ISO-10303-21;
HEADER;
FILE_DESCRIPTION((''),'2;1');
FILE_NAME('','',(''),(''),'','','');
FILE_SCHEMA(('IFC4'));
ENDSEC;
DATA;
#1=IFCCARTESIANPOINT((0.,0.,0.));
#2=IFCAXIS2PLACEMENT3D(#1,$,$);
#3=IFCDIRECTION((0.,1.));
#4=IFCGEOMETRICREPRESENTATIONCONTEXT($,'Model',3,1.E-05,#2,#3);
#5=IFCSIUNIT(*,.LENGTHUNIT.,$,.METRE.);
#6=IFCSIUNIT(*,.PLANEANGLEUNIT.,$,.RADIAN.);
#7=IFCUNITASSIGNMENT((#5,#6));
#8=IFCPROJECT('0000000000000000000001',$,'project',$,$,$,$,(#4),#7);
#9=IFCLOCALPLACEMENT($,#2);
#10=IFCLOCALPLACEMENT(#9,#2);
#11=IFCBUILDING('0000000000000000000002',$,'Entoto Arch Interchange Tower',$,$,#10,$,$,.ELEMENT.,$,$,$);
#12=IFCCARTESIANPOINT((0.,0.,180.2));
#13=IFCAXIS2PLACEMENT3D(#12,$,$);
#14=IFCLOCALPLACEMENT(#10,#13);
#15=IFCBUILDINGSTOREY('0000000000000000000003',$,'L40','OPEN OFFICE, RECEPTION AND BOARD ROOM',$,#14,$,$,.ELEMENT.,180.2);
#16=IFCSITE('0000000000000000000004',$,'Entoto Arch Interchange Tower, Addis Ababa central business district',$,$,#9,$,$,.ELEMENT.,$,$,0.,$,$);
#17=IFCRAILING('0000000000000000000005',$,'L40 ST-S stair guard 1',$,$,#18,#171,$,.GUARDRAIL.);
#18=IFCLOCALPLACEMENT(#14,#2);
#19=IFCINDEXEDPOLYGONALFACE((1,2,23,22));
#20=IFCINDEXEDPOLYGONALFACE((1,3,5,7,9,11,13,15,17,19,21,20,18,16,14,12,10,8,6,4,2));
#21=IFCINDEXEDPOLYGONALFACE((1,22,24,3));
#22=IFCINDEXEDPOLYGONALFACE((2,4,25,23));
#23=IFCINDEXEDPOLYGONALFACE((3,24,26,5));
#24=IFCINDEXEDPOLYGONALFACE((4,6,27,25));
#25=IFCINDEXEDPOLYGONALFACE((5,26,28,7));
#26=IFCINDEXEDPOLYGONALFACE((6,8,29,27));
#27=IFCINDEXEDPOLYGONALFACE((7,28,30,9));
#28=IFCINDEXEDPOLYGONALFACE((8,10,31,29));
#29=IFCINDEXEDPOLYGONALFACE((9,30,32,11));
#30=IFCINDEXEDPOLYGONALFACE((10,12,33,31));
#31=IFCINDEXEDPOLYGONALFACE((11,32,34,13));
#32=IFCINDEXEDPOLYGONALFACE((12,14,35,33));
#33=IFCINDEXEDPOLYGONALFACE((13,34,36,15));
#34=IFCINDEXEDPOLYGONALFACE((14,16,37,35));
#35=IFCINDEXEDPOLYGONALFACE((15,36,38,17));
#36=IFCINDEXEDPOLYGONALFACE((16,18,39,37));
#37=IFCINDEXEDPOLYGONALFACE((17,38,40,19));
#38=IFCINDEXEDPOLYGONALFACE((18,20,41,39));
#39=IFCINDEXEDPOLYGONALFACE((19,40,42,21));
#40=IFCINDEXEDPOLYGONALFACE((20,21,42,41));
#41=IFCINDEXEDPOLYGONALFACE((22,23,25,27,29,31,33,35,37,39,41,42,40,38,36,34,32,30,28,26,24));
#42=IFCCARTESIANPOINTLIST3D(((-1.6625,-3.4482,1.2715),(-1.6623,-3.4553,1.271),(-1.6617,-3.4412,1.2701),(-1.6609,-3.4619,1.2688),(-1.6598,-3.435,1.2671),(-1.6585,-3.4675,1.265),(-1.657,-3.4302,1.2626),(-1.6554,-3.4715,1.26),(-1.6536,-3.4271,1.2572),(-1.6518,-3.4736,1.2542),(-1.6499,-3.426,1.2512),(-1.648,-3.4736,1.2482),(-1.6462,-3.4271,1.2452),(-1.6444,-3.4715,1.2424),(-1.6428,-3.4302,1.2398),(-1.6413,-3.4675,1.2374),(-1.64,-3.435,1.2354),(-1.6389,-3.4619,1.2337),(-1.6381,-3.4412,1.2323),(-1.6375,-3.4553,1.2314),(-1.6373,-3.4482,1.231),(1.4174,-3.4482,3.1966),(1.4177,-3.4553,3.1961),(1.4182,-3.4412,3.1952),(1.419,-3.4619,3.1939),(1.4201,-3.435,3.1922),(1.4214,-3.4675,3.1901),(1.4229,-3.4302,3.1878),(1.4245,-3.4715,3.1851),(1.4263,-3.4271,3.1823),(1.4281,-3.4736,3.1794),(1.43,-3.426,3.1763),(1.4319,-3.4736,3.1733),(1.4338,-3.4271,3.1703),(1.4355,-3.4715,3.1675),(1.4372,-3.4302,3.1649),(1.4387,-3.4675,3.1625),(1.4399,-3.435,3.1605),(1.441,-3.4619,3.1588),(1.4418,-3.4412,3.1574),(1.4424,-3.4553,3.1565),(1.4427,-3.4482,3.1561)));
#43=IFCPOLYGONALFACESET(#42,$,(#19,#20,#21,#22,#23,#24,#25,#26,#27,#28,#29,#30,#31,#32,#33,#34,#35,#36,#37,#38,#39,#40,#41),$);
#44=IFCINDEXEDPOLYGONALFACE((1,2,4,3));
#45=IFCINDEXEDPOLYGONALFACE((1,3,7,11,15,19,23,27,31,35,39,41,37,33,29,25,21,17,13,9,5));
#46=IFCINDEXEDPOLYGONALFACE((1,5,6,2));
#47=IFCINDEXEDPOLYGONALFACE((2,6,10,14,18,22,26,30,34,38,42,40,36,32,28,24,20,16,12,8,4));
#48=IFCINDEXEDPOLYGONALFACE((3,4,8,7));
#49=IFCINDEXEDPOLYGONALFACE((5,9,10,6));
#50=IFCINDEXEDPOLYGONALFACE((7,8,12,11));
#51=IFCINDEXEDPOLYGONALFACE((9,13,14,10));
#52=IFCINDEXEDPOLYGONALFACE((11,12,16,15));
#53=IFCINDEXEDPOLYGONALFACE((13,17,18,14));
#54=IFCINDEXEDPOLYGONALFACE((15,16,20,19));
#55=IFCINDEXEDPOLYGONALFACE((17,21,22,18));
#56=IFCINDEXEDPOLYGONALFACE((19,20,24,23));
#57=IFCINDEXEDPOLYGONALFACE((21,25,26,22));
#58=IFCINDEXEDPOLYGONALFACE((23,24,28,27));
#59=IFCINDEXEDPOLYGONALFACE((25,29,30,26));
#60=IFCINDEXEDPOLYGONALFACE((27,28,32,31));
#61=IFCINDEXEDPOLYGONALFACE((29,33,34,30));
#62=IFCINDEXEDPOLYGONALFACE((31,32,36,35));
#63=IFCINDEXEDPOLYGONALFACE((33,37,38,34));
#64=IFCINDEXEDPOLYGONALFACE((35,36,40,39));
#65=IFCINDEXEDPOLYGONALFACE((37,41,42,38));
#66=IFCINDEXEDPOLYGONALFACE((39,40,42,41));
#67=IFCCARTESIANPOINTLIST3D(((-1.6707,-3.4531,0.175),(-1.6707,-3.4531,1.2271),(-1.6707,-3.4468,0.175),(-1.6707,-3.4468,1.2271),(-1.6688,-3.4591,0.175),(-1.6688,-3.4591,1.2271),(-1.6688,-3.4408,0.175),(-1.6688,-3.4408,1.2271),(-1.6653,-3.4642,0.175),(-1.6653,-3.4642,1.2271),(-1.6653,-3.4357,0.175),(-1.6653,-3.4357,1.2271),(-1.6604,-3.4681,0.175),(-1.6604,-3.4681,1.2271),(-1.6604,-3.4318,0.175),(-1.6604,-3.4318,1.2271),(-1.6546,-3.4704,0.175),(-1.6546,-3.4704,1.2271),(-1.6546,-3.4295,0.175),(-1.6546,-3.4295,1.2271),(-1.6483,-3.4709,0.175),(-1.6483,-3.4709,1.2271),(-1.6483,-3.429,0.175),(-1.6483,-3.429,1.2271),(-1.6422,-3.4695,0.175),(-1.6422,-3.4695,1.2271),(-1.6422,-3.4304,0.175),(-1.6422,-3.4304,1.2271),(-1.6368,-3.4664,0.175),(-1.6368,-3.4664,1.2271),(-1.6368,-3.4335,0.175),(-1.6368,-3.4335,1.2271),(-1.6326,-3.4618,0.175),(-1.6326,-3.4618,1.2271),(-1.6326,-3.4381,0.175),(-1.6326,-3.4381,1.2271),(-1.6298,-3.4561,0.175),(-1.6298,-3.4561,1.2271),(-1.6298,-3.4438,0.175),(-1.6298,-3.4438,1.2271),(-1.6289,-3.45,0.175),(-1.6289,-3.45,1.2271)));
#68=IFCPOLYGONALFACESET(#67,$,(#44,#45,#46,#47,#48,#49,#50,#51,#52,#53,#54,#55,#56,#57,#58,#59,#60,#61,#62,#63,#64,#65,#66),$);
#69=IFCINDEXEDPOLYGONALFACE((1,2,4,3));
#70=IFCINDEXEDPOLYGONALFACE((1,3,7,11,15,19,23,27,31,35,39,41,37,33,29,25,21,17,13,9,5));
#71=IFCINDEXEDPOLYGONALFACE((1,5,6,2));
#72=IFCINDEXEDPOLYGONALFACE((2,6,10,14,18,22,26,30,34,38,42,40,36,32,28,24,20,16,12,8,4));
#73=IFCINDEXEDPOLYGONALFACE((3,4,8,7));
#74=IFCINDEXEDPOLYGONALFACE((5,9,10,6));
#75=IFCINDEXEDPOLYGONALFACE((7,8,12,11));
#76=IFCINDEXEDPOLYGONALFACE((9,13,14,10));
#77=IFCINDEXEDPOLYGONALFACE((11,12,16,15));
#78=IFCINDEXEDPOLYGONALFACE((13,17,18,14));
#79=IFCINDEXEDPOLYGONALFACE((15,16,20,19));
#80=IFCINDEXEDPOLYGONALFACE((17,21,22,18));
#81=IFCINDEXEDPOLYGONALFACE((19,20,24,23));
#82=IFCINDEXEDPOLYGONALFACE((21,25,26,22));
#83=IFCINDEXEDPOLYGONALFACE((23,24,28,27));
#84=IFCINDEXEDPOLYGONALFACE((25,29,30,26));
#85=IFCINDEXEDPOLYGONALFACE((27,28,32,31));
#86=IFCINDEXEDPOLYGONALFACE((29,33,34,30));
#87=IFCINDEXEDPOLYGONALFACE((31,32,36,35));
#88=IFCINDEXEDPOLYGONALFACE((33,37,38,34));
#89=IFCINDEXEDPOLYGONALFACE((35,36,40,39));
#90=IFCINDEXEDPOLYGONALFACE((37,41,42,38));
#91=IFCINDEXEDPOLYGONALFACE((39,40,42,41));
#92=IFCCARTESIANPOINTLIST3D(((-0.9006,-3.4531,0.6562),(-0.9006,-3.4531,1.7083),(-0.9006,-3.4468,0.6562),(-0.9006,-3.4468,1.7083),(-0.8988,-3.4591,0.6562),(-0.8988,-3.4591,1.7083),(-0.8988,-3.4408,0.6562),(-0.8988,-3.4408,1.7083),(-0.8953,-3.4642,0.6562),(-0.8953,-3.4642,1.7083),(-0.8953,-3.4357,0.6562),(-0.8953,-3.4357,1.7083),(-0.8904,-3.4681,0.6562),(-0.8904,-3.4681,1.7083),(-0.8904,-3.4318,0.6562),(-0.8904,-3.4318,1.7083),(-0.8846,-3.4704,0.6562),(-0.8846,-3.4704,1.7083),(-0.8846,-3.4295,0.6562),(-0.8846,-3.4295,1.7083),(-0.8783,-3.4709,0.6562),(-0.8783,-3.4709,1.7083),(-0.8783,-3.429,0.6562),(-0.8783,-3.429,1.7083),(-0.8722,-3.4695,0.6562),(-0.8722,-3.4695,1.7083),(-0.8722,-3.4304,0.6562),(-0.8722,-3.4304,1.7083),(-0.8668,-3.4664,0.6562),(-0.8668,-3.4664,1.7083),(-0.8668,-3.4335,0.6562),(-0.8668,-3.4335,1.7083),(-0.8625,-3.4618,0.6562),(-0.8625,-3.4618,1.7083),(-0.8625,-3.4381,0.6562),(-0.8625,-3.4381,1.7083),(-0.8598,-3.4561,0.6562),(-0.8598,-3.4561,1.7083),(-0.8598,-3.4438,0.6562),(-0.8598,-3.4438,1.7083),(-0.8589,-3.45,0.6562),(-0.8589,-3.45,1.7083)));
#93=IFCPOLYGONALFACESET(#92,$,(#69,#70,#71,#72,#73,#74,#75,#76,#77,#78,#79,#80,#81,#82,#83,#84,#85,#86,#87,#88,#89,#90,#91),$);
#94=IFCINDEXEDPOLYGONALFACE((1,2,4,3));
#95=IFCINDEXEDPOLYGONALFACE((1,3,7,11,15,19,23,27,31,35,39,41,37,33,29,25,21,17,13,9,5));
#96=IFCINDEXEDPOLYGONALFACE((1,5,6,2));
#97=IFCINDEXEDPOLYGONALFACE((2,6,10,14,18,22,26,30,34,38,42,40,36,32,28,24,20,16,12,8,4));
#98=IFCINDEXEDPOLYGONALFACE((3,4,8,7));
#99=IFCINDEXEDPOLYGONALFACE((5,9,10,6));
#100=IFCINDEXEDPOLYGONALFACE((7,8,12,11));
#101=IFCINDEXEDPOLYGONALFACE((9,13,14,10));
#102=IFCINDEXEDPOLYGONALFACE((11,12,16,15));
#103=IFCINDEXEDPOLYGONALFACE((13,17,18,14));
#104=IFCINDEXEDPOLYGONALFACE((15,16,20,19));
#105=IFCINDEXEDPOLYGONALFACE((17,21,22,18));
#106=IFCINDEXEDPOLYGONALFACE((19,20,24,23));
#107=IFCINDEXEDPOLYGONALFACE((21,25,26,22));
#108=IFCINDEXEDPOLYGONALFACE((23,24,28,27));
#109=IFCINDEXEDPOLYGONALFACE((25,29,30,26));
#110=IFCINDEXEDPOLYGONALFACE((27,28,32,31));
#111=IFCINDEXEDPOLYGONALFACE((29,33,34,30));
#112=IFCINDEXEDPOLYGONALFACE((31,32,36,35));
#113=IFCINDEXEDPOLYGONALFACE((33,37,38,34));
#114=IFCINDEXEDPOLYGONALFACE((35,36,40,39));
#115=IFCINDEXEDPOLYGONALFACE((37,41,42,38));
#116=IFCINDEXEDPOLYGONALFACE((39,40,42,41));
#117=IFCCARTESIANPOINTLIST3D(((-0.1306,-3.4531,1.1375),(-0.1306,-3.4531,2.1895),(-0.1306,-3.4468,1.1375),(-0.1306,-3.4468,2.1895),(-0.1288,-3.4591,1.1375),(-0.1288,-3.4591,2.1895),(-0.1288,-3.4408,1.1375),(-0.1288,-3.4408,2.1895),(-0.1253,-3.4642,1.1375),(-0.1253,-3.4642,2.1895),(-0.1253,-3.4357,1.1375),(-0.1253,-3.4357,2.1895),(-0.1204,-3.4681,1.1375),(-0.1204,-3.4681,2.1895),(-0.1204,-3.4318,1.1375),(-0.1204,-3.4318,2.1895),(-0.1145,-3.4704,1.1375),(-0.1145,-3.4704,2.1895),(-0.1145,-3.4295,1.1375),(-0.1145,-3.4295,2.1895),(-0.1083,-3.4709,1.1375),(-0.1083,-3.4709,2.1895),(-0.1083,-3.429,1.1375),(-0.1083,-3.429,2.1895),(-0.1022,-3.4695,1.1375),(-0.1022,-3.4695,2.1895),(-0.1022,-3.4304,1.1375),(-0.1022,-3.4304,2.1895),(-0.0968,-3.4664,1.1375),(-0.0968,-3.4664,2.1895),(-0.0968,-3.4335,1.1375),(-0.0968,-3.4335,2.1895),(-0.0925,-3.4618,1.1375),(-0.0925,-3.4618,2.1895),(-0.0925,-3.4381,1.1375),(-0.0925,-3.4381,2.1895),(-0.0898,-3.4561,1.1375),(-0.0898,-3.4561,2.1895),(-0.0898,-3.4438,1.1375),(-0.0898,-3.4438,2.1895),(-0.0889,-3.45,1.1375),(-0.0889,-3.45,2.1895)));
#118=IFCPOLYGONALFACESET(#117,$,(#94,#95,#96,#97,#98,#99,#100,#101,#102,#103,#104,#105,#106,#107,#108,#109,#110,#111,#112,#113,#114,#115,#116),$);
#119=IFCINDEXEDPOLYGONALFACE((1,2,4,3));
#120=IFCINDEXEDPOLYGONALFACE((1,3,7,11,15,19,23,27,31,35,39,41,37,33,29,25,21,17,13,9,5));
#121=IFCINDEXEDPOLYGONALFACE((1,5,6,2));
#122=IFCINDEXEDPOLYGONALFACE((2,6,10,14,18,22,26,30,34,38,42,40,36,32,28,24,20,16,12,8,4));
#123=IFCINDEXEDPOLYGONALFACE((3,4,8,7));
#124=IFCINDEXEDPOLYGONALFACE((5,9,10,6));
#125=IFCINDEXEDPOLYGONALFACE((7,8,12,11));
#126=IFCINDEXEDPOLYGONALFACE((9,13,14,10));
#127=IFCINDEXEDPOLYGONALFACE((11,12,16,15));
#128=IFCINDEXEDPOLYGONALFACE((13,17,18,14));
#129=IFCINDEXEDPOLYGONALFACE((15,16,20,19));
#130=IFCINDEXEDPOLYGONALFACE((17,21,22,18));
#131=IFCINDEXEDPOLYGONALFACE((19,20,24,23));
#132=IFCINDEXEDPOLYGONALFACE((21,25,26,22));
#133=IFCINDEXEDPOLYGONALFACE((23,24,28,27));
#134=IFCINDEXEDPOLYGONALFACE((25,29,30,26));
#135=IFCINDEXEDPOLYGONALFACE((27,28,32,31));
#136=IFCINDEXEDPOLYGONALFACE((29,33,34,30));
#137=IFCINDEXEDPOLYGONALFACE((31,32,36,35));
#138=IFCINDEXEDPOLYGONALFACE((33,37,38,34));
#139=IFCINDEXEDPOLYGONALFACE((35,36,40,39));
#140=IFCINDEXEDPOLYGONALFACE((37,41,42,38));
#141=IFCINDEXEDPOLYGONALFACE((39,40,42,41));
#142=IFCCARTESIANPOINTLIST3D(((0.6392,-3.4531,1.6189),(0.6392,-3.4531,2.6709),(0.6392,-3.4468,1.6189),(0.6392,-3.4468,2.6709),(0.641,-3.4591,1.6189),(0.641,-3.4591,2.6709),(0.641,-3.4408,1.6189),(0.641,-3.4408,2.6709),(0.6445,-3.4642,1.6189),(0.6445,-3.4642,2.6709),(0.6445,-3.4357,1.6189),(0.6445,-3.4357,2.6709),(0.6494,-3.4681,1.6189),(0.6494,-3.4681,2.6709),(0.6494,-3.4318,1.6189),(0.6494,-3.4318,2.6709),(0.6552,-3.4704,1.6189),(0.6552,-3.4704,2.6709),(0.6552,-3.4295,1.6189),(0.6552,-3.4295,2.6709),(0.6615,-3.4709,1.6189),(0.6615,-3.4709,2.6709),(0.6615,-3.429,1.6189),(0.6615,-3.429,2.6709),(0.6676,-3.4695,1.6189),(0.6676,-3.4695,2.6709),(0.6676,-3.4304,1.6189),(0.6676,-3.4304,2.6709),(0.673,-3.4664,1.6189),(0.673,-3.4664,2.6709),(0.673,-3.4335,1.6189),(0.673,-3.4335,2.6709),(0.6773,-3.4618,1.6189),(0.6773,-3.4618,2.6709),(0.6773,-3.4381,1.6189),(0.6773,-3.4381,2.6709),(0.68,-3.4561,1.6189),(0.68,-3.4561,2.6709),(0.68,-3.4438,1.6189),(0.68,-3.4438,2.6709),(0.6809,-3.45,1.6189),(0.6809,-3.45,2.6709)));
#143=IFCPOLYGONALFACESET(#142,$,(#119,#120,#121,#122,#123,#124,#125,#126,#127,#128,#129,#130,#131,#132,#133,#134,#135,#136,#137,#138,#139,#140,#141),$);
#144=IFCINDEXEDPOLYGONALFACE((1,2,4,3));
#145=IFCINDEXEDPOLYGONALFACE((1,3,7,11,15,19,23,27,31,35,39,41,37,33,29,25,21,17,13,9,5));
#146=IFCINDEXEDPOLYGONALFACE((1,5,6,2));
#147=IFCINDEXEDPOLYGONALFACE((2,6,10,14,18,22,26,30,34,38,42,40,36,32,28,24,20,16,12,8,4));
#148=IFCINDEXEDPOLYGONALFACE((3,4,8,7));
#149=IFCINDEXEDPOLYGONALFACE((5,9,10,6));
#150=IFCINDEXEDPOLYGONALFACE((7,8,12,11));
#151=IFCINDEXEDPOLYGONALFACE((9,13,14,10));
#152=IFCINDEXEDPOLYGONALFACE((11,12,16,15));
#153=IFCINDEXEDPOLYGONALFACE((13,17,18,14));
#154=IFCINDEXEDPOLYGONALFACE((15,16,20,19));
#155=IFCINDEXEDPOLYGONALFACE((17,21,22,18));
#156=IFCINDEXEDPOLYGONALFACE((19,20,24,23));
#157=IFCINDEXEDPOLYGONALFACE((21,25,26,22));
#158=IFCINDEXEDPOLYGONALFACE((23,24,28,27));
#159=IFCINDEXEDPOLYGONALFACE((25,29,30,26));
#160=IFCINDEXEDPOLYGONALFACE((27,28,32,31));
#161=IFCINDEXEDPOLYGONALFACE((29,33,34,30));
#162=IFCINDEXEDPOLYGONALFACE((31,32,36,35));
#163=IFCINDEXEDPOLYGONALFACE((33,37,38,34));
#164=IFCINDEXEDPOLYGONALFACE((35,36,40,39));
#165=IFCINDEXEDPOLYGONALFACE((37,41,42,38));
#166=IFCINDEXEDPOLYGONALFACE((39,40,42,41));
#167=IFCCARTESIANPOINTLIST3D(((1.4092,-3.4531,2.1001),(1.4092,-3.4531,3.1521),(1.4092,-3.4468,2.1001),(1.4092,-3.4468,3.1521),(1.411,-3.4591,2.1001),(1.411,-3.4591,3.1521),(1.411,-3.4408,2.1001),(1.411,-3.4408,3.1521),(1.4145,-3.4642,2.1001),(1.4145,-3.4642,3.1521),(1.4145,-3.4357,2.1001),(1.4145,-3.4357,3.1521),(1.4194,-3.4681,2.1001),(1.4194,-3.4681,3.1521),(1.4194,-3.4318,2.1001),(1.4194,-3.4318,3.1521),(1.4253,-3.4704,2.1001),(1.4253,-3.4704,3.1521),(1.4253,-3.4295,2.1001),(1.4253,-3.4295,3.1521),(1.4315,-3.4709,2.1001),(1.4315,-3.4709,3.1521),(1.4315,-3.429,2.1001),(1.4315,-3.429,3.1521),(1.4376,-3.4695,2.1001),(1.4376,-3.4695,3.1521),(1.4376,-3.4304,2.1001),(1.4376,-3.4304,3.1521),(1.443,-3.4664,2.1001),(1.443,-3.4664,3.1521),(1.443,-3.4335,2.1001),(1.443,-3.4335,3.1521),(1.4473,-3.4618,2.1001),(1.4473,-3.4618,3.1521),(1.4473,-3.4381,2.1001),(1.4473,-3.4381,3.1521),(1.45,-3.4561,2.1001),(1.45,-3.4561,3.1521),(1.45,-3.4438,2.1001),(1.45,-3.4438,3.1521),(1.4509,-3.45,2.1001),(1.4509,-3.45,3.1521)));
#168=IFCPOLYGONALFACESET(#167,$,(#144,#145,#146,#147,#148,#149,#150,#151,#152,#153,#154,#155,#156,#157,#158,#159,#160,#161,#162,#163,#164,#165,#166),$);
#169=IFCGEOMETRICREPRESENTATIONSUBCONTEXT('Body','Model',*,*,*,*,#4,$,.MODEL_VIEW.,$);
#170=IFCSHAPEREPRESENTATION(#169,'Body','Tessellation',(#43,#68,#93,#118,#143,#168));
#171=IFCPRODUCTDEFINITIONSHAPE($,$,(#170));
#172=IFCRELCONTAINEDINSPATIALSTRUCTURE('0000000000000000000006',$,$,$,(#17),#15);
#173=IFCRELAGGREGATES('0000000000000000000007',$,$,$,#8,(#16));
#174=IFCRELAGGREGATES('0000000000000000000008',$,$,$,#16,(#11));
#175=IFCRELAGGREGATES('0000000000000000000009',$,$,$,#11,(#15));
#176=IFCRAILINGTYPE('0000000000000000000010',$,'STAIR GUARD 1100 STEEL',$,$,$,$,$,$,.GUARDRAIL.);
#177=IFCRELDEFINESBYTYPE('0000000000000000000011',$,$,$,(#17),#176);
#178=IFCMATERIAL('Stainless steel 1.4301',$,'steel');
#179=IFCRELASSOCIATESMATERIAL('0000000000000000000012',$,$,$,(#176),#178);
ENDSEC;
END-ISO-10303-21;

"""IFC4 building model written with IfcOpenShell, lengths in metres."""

from ifc_helpers import new_model, si_unit, direction, frame, origin, origin_2d, place, context, subcontext, project, spatial, circle, extrude, material, type_object, element, save


model = new_model("IFC4")

# Units and contexts
model_context = context("Model", 3, precision=1e-05, world=origin(), true_north=direction((0.0, 1.0)))
body_context = subcontext(model_context, "Body", "Model", "MODEL_VIEW")
ifc_project = project(units=[si_unit("LENGTHUNIT", "METRE"), si_unit("PLANEANGLEUNIT", "RADIAN")], contexts=[model_context])

# Site, building, storey
site_placement = place(None, origin())
site = spatial("IfcSite", under=ifc_project, at=site_placement, Name="Entoto Arch Interchange Tower, Addis Ababa central business district", CompositionType="ELEMENT", RefElevation=0.0)
building_placement = place(site_placement, origin())
building = spatial("IfcBuilding", under=site, at=building_placement, Name="Entoto Arch Interchange Tower", CompositionType="ELEMENT")
storey_placement = place(building_placement, frame((0.0, 0.0, 180.2)))
storey = spatial("IfcBuildingStorey", under=building, at=storey_placement, Name="L40", Description="OPEN OFFICE, RECEPTION AND BOARD ROOM", CompositionType="ELEMENT", Elevation=180.2)

# Railing
ifc_material_1 = material(Name="Stainless steel 1.4301", Category="steel")
railing_type = type_object("IfcRailingType", Name="STAIR GUARD 1100 STEEL", PredefinedType="GUARDRAIL", material=ifc_material_1)
railing_1_placement = place(storey_placement, frame((-1.6499, -3.45, 0.175)))
element("IfcRailing", 1, at=railing_1_placement, inside=storey, type_object=railing_type, Name="L40 ST-S stair guard 1", PredefinedType="GUARDRAIL", context=body_context, shape_type="SweptSolid", body=[
    extrude(circle(Radius=0.0239, at=origin_2d()), frame((0.0, 0.0, 1.0762), z_axis=(0.847979, 0.0, 0.530029), x_axis=(0.0, 1.0, 0.0)), (0.0, 0.0, 1.0), 3.6321),
    extrude(circle(Radius=0.021, at=origin_2d()), origin(), (0.0, 0.0, 1.0), 1.052),
    extrude(circle(Radius=0.021, at=origin_2d()), frame((0.77, 0.0, 0.4812)), (0.0, 0.0, 1.0), 1.052),
    extrude(circle(Radius=0.021, at=origin_2d()), frame((1.54, 0.0, 0.9624)), (0.0, 0.0, 1.0), 1.052),
    extrude(circle(Radius=0.021, at=origin_2d()), frame((2.3098, 0.0, 1.4438)), (0.0, 0.0, 1.0), 1.052),
    extrude(circle(Radius=0.021, at=origin_2d()), frame((3.0798, 0.0, 1.925)), (0.0, 0.0, 1.0), 1.052),
])

save(model, "model.ifc")
